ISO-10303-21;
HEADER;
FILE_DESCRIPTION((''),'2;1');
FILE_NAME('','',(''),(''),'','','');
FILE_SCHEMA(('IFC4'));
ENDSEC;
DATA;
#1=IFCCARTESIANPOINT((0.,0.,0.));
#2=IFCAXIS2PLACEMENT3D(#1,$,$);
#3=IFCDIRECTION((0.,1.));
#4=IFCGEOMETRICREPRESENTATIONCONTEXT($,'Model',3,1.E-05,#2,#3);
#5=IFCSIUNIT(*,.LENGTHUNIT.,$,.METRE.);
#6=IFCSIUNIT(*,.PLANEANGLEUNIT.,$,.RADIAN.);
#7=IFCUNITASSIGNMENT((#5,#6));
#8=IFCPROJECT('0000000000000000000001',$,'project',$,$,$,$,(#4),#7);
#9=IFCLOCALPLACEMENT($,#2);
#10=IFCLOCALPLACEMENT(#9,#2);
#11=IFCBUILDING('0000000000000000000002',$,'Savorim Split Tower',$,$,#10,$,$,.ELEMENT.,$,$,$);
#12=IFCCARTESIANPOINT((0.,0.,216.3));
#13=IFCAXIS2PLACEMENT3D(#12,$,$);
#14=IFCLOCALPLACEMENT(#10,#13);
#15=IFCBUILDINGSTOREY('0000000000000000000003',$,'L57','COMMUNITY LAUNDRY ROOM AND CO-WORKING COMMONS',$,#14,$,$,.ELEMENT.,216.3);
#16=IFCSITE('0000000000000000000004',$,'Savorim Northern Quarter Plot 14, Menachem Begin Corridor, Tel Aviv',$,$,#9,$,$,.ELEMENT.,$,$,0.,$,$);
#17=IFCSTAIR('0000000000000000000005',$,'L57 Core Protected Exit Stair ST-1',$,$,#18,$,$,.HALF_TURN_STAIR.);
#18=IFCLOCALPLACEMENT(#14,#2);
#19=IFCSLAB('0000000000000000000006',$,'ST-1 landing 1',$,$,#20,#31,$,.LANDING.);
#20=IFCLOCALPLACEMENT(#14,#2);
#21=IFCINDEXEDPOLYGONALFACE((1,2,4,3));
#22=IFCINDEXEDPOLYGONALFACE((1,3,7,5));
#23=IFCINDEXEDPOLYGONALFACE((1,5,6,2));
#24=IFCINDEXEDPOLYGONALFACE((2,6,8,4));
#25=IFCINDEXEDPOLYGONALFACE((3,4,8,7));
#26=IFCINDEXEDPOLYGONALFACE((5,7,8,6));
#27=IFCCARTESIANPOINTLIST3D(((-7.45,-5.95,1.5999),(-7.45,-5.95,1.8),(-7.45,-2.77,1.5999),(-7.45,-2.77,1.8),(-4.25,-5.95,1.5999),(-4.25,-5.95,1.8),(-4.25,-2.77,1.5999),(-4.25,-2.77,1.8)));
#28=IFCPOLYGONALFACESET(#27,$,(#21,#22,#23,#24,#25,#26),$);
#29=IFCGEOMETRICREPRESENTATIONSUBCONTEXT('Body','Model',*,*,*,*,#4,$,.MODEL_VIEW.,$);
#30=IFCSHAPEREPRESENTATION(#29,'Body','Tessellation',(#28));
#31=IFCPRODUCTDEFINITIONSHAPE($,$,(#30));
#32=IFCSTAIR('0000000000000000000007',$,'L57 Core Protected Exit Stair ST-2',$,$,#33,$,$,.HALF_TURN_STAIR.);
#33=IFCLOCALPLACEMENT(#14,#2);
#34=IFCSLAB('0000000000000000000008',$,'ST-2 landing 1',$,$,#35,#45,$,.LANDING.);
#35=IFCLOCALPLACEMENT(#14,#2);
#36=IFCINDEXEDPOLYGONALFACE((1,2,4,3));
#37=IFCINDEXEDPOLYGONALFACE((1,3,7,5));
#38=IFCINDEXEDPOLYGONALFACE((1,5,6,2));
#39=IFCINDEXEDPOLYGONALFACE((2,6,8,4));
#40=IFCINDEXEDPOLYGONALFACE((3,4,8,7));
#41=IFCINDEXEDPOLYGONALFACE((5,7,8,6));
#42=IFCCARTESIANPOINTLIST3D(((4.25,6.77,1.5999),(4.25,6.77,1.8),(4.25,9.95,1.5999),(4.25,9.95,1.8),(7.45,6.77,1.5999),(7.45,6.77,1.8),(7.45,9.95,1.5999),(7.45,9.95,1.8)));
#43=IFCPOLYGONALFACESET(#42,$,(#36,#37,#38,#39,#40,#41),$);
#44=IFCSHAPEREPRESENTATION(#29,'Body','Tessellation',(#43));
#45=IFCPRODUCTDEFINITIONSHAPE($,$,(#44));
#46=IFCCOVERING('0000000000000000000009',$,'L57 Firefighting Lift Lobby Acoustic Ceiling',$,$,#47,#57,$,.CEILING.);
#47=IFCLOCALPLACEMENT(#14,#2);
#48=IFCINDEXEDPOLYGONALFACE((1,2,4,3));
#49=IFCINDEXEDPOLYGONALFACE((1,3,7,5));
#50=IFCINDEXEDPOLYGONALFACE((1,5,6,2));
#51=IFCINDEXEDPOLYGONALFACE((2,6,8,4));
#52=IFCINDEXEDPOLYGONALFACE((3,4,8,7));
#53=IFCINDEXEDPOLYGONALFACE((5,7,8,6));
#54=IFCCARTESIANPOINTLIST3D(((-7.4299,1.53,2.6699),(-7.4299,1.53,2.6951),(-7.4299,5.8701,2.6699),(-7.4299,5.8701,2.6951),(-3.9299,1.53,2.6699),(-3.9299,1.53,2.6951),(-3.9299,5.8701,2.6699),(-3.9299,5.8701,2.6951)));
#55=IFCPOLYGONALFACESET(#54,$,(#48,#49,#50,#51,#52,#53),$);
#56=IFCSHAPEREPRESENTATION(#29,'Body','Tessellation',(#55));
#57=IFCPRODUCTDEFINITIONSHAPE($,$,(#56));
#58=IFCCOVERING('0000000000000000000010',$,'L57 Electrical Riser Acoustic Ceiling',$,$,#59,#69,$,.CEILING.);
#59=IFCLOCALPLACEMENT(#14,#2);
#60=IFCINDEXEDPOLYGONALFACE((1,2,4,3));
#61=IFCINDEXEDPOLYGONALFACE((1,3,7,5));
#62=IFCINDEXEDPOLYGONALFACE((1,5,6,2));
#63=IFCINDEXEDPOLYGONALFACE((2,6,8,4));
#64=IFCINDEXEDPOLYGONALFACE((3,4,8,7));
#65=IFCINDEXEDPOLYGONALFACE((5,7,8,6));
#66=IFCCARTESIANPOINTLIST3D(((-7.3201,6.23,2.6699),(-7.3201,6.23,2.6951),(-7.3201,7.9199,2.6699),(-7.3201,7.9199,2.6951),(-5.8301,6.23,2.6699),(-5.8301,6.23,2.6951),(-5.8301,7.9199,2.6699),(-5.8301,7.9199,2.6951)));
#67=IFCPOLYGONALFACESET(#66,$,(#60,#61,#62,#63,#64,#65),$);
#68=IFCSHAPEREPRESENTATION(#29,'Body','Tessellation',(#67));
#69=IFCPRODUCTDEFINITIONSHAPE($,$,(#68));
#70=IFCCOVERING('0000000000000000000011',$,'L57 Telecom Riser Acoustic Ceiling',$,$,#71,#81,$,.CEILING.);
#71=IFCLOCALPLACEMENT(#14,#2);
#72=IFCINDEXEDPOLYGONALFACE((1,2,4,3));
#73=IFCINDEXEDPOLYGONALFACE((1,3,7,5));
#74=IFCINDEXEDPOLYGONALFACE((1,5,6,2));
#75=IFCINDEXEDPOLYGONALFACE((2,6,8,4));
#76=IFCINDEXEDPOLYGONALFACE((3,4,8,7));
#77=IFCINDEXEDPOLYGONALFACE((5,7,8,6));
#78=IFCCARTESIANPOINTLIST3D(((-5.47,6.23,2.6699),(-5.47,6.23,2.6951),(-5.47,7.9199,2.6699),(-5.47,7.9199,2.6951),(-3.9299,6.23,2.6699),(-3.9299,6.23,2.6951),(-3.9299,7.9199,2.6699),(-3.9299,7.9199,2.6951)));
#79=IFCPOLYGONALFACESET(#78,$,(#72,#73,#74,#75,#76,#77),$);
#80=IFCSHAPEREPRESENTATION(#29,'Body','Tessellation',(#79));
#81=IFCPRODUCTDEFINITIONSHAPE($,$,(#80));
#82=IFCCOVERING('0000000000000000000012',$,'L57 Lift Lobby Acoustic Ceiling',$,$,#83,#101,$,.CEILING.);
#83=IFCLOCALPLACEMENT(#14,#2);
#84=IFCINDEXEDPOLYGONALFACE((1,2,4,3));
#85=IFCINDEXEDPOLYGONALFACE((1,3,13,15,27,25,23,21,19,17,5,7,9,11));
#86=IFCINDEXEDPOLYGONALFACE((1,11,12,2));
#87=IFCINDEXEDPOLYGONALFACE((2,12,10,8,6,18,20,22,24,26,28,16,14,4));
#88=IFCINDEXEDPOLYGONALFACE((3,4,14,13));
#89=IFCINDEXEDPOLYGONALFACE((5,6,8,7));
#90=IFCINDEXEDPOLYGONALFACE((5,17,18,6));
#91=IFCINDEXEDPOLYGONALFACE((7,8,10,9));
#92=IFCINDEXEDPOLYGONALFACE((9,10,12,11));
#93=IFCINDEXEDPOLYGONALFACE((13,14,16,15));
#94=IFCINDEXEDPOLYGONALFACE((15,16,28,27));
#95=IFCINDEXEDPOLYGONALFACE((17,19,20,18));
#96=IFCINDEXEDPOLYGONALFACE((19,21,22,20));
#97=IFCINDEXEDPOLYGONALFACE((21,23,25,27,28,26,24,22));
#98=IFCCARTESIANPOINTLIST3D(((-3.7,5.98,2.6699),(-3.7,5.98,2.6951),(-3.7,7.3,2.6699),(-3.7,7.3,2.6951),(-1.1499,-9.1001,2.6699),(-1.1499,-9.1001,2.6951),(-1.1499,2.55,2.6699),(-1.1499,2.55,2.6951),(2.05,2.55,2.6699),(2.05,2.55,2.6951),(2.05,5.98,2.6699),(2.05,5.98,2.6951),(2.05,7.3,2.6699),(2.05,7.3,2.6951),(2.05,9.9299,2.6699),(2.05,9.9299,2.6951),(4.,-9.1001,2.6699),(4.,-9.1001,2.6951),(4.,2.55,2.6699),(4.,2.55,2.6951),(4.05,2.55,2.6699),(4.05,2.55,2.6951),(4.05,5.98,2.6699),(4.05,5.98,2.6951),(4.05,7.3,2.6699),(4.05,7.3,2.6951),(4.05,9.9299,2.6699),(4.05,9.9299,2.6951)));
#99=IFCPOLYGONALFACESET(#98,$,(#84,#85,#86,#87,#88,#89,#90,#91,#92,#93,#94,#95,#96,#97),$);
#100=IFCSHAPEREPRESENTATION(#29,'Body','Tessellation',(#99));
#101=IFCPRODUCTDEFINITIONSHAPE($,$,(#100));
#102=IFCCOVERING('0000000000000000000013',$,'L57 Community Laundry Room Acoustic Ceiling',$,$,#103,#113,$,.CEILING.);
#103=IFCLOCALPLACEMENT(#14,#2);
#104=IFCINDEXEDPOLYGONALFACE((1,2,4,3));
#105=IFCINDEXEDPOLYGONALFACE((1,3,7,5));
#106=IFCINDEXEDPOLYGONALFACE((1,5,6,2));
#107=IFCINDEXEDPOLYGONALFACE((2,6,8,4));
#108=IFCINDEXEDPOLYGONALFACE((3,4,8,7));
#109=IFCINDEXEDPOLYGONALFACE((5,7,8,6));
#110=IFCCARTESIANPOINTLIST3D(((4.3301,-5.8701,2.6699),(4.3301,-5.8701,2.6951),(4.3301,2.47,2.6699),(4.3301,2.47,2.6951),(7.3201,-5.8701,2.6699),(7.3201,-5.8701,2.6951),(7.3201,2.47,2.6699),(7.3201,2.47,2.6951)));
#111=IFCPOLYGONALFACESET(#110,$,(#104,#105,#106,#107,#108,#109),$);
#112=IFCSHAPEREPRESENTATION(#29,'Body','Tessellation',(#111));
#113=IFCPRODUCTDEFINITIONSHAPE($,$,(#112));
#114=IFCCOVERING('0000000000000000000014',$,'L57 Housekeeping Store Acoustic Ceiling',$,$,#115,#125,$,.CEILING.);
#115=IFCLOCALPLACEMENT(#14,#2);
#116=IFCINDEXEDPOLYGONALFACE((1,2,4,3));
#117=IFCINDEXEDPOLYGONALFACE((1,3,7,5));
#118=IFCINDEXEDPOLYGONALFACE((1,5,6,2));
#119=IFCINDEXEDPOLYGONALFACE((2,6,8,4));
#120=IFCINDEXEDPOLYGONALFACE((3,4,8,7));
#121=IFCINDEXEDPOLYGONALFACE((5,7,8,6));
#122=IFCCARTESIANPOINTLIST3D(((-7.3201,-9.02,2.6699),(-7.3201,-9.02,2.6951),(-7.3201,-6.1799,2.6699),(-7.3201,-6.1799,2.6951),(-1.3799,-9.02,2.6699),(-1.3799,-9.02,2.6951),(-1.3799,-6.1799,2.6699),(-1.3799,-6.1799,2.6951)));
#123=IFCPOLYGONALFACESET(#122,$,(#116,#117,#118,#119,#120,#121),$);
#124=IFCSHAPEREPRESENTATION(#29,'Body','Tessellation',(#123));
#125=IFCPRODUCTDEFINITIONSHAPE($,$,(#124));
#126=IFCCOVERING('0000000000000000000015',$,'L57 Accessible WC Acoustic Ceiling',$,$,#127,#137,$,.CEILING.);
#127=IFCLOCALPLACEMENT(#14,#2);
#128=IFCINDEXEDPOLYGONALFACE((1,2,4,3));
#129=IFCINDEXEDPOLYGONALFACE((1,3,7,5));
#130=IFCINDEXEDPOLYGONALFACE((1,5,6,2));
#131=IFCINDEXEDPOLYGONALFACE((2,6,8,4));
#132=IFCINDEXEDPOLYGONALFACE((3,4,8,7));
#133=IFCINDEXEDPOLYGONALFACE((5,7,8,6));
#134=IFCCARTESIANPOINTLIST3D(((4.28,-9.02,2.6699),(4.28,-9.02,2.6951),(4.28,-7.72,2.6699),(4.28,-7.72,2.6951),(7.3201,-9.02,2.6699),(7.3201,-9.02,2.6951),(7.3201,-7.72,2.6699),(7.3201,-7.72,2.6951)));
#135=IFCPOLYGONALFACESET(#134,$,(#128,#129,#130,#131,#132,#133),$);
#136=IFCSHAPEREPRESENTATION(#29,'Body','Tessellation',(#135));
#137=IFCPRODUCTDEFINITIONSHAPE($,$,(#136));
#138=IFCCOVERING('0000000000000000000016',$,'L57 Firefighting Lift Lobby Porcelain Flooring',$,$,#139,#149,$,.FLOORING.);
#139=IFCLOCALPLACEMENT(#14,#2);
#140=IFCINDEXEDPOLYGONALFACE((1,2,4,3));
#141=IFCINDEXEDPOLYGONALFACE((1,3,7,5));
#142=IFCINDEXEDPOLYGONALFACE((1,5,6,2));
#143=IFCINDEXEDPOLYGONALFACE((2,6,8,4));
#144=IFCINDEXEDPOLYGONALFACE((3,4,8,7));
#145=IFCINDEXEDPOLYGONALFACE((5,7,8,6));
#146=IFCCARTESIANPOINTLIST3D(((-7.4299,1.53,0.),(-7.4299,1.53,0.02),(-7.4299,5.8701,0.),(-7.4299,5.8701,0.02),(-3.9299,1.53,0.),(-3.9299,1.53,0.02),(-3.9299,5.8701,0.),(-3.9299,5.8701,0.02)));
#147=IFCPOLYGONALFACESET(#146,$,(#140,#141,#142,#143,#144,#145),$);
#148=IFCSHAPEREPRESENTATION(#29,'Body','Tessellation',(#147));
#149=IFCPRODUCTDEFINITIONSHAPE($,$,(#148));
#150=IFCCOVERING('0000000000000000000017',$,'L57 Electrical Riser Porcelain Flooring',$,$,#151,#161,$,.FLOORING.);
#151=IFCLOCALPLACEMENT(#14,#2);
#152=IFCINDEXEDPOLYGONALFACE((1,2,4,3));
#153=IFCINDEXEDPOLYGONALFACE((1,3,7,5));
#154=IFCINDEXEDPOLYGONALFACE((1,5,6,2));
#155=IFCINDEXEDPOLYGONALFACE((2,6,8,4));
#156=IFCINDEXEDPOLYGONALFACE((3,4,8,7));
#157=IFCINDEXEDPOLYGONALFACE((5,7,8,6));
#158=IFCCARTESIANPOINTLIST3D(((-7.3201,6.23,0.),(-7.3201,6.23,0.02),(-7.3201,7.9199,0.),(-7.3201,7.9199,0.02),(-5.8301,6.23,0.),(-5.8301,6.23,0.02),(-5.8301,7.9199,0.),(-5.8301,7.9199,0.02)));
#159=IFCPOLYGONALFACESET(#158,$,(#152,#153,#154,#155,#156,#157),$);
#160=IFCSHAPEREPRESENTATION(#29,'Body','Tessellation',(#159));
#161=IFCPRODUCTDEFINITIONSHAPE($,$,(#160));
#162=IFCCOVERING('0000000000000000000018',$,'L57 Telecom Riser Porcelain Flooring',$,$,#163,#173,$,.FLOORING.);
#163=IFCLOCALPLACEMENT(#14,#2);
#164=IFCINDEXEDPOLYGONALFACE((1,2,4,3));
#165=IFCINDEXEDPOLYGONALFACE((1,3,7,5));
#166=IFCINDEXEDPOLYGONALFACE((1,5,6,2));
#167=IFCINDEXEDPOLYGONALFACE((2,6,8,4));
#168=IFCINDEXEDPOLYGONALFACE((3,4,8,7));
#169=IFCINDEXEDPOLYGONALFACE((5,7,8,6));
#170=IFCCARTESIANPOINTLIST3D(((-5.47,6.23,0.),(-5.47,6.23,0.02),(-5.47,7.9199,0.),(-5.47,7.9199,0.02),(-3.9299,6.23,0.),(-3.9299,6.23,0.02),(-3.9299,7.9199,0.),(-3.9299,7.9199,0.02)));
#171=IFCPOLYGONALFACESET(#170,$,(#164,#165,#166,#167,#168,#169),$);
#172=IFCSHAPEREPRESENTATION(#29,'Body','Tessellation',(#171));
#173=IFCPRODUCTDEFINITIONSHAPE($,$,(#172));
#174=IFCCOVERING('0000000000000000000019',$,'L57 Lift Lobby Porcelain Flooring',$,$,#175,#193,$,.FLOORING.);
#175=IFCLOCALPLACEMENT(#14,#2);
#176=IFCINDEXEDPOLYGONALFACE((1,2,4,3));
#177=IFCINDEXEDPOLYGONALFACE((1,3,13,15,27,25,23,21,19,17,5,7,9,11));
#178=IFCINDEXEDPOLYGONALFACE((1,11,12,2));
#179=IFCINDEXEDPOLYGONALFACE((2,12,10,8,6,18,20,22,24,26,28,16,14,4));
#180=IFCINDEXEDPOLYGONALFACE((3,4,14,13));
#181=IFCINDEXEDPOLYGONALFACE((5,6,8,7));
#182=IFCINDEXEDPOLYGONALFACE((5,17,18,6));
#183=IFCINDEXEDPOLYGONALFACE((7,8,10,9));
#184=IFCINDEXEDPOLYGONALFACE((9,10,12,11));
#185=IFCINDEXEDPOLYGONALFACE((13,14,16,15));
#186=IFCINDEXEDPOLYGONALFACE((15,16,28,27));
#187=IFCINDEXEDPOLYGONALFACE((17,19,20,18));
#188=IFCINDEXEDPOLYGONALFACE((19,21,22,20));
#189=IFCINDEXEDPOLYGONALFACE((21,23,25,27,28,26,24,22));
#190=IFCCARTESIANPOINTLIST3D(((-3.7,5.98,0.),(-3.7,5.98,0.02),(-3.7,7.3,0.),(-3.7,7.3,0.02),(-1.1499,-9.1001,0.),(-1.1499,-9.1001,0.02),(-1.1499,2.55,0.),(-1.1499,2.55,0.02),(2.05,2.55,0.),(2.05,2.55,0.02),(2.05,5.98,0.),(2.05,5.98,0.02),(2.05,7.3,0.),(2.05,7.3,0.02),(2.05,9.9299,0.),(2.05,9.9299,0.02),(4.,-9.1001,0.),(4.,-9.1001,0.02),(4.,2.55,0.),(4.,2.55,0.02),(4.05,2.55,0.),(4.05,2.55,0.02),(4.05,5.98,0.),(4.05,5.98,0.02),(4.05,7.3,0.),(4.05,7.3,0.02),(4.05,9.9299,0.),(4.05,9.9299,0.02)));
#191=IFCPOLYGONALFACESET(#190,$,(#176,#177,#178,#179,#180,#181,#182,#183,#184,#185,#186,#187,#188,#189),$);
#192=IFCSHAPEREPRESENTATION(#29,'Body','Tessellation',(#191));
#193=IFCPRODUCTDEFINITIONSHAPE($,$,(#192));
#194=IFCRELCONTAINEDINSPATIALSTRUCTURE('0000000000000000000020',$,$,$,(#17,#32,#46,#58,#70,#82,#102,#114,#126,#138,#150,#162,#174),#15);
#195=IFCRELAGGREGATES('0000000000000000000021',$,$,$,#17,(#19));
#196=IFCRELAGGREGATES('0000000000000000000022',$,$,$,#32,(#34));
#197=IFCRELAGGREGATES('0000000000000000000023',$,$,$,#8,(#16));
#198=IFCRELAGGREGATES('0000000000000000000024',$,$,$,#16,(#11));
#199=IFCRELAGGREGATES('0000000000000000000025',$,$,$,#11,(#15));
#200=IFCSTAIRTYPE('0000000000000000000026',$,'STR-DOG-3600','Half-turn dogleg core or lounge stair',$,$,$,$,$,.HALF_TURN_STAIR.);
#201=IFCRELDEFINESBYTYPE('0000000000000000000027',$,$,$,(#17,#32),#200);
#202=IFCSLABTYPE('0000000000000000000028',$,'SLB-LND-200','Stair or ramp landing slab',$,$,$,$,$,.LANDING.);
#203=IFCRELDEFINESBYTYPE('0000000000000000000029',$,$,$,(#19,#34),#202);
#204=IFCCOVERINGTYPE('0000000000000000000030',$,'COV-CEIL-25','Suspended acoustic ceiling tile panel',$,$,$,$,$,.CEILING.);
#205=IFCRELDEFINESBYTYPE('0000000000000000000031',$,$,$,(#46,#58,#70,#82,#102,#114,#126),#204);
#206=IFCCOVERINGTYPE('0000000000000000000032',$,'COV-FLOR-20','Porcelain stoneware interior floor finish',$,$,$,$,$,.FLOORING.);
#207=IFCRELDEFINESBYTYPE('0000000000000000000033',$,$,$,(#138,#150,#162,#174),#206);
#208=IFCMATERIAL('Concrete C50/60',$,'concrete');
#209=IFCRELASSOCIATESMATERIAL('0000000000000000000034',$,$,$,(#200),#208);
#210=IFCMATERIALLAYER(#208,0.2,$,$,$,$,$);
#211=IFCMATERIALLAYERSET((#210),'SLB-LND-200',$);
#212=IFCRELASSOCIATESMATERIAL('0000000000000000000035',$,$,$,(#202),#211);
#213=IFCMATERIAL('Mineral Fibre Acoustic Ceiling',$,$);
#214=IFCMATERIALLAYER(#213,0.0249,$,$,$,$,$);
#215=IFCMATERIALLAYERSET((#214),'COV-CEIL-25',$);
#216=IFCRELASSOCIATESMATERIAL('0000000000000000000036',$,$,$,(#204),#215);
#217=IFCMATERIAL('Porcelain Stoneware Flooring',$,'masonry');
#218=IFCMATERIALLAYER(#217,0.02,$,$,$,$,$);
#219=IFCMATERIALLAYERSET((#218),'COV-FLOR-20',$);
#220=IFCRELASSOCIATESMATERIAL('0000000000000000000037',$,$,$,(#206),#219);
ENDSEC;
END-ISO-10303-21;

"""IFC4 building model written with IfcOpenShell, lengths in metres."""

from ifc_helpers import new_model, si_unit, direction, frame, origin, place, context, subcontext, project, spatial, polyline, outline, extrude, material, layer, layer_set, type_object, element, aggregate, save


model = new_model("IFC4")

# Units and contexts
model_context = context("Model", 3, precision=1e-05, world=origin(), true_north=direction((0.0, 1.0)))
body_context = subcontext(model_context, "Body", "Model", "MODEL_VIEW")
ifc_project = project(units=[si_unit("LENGTHUNIT", "METRE"), si_unit("PLANEANGLEUNIT", "RADIAN")], contexts=[model_context])

# Site, building, storey
site_placement = place(None, origin())
site = spatial("IfcSite", under=ifc_project, at=site_placement, Name="Savorim Northern Quarter Plot 14, Menachem Begin Corridor, Tel Aviv", CompositionType="ELEMENT", RefElevation=0.0)
building_placement = place(site_placement, origin())
building = spatial("IfcBuilding", under=site, at=building_placement, Name="Savorim Split Tower", CompositionType="ELEMENT")
storey_placement = place(building_placement, frame((0.0, 0.0, 216.3)))
storey = spatial("IfcBuildingStorey", under=building, at=storey_placement, Name="L57", Description="COMMUNITY LAUNDRY ROOM AND CO-WORKING COMMONS", CompositionType="ELEMENT", Elevation=216.3)

# Stairs, slabs
ifc_material_1 = material(Name="Concrete C50/60", Category="concrete")
stair_type = type_object("IfcStairType", Name="STR-DOG-3600", Description="Half-turn dogleg core or lounge stair", PredefinedType="HALF_TURN_STAIR", material=ifc_material_1)
stair_1_placement = place(storey_placement, origin())
stair_1 = element("IfcStair", 1, at=stair_1_placement, inside=storey, type_object=stair_type, Name="L57 Core Protected Exit Stair ST-1", PredefinedType="HALF_TURN_STAIR")
ifc_layer_1 = layer(ifc_material_1, 0.2)
ifc_layer_set_1 = layer_set([ifc_layer_1], Name="SLB-LND-200")
slab_type = type_object("IfcSlabType", Name="SLB-LND-200", Description="Stair or ramp landing slab", PredefinedType="LANDING", material=ifc_layer_set_1)
slab_1_placement = place(storey_placement, frame((0.0, 0.0, 1.5999)))
slab_1 = element("IfcSlab", 2, at=slab_1_placement, type_object=slab_type, Name="ST-1 landing 1", PredefinedType="LANDING", context=body_context, shape_type="SweptSolid", body=[
    extrude(outline(polyline([(-7.45, -2.77), (-7.45, -5.95), (-4.25, -5.95), (-4.25, -2.77), (-7.45, -2.77)])), origin(), (0.0, 0.0, 1.0), 0.2002),
])
aggregate(stair_1, [slab_1])
stair_2_placement = place(storey_placement, origin())
stair_2 = element("IfcStair", 3, at=stair_2_placement, inside=storey, type_object=stair_type, Name="L57 Core Protected Exit Stair ST-2", PredefinedType="HALF_TURN_STAIR")
slab_2_placement = place(storey_placement, frame((0.0, 0.0, 1.5999)))
slab_2 = element("IfcSlab", 4, at=slab_2_placement, type_object=slab_type, Name="ST-2 landing 1", PredefinedType="LANDING", context=body_context, shape_type="SweptSolid", body=[
    extrude(outline(polyline([(7.45, 6.77), (7.45, 9.95), (4.25, 9.95), (4.25, 6.77), (7.45, 6.77)])), origin(), (0.0, 0.0, 1.0), 0.2002),
])
aggregate(stair_2, [slab_2])

# Coverings
ifc_material_2 = material(Name="Mineral Fibre Acoustic Ceiling")
ifc_layer_2 = layer(ifc_material_2, 0.0249)
ifc_layer_set_2 = layer_set([ifc_layer_2], Name="COV-CEIL-25")
covering_type_1 = type_object("IfcCoveringType", Name="COV-CEIL-25", Description="Suspended acoustic ceiling tile panel", PredefinedType="CEILING", material=ifc_layer_set_2)
covering_1_placement = place(storey_placement, frame((0.0, 0.0, 2.6699)))
element("IfcCovering", 5, at=covering_1_placement, inside=storey, type_object=covering_type_1, Name="L57 Firefighting Lift Lobby Acoustic Ceiling", PredefinedType="CEILING", context=body_context, shape_type="SweptSolid", body=[
    extrude(outline(polyline([(-7.4299, 5.8701), (-7.4299, 1.53), (-3.9299, 1.53), (-3.9299, 5.8701), (-7.4299, 5.8701)])), origin(), (0.0, 0.0, 1.0), 0.0251),
])
covering_2_placement = place(storey_placement, frame((0.0, 0.0, 2.6699)))
element("IfcCovering", 6, at=covering_2_placement, inside=storey, type_object=covering_type_1, Name="L57 Electrical Riser Acoustic Ceiling", PredefinedType="CEILING", context=body_context, shape_type="SweptSolid", body=[
    extrude(outline(polyline([(-7.3201, 7.9199), (-7.3201, 6.23), (-5.8301, 6.23), (-5.8301, 7.9199), (-7.3201, 7.9199)])), origin(), (0.0, 0.0, 1.0), 0.0251),
])
covering_3_placement = place(storey_placement, frame((0.0, 0.0, 2.6699)))
element("IfcCovering", 7, at=covering_3_placement, inside=storey, type_object=covering_type_1, Name="L57 Telecom Riser Acoustic Ceiling", PredefinedType="CEILING", context=body_context, shape_type="SweptSolid", body=[
    extrude(outline(polyline([(-5.47, 7.9199), (-5.47, 6.23), (-3.9299, 6.23), (-3.9299, 7.9199), (-5.47, 7.9199)])), origin(), (0.0, 0.0, 1.0), 0.0251),
])
covering_4_placement = place(storey_placement, frame((0.0, 0.0, 2.6699)))
element("IfcCovering", 8, at=covering_4_placement, inside=storey, type_object=covering_type_1, Name="L57 Lift Lobby Acoustic Ceiling", PredefinedType="CEILING", context=body_context, shape_type="SweptSolid", body=[
    extrude(outline(polyline([(2.05, 2.55), (-1.1499, 2.55), (-1.1499, -9.1001), (4.0, -9.1001), (4.0, 2.55), (4.05, 2.55), (4.05, 5.98), (4.05, 7.3), (4.05, 9.9299), (2.05, 9.9299), (2.05, 7.3), (-3.7, 7.3), (-3.7, 5.98), (2.05, 5.98), (2.05, 2.55)])), origin(), (0.0, 0.0, 1.0), 0.0251),
])
covering_5_placement = place(storey_placement, frame((0.0, 0.0, 2.6699)))
element("IfcCovering", 9, at=covering_5_placement, inside=storey, type_object=covering_type_1, Name="L57 Community Laundry Room Acoustic Ceiling", PredefinedType="CEILING", context=body_context, shape_type="SweptSolid", body=[
    extrude(outline(polyline([(4.3301, 2.47), (4.3301, -5.8701), (7.3201, -5.8701), (7.3201, 2.47), (4.3301, 2.47)])), origin(), (0.0, 0.0, 1.0), 0.0251),
])
covering_6_placement = place(storey_placement, frame((0.0, 0.0, 2.6699)))
element("IfcCovering", 10, at=covering_6_placement, inside=storey, type_object=covering_type_1, Name="L57 Housekeeping Store Acoustic Ceiling", PredefinedType="CEILING", context=body_context, shape_type="SweptSolid", body=[
    extrude(outline(polyline([(-7.3201, -6.1799), (-7.3201, -9.02), (-1.3799, -9.02), (-1.3799, -6.1799), (-7.3201, -6.1799)])), origin(), (0.0, 0.0, 1.0), 0.0251),
])
covering_7_placement = place(storey_placement, frame((0.0, 0.0, 2.6699)))
element("IfcCovering", 11, at=covering_7_placement, inside=storey, type_object=covering_type_1, Name="L57 Accessible WC Acoustic Ceiling", PredefinedType="CEILING", context=body_context, shape_type="SweptSolid", body=[
    extrude(outline(polyline([(4.28, -7.72), (4.28, -9.02), (7.3201, -9.02), (7.3201, -7.72), (4.28, -7.72)])), origin(), (0.0, 0.0, 1.0), 0.0251),
])
ifc_material_3 = material(Name="Porcelain Stoneware Flooring", Category="masonry")
ifc_layer_3 = layer(ifc_material_3, 0.02)
ifc_layer_set_3 = layer_set([ifc_layer_3], Name="COV-FLOR-20")
covering_type_2 = type_object("IfcCoveringType", Name="COV-FLOR-20", Description="Porcelain stoneware interior floor finish", PredefinedType="FLOORING", material=ifc_layer_set_3)
covering_8_placement = place(storey_placement, origin())
element("IfcCovering", 12, at=covering_8_placement, inside=storey, type_object=covering_type_2, Name="L57 Firefighting Lift Lobby Porcelain Flooring", PredefinedType="FLOORING", context=body_context, shape_type="SweptSolid", body=[
    extrude(outline(polyline([(-7.4299, 5.8701), (-7.4299, 1.53), (-3.9299, 1.53), (-3.9299, 5.8701), (-7.4299, 5.8701)])), origin(), (0.0, 0.0, 1.0), 0.02),
])
covering_9_placement = place(storey_placement, origin())
element("IfcCovering", 13, at=covering_9_placement, inside=storey, type_object=covering_type_2, Name="L57 Electrical Riser Porcelain Flooring", PredefinedType="FLOORING", context=body_context, shape_type="SweptSolid", body=[
    extrude(outline(polyline([(-7.3201, 7.9199), (-7.3201, 6.23), (-5.8301, 6.23), (-5.8301, 7.9199), (-7.3201, 7.9199)])), origin(), (0.0, 0.0, 1.0), 0.02),
])
covering_10_placement = place(storey_placement, origin())
element("IfcCovering", 14, at=covering_10_placement, inside=storey, type_object=covering_type_2, Name="L57 Telecom Riser Porcelain Flooring", PredefinedType="FLOORING", context=body_context, shape_type="SweptSolid", body=[
    extrude(outline(polyline([(-5.47, 7.9199), (-5.47, 6.23), (-3.9299, 6.23), (-3.9299, 7.9199), (-5.47, 7.9199)])), origin(), (0.0, 0.0, 1.0), 0.02),
])
covering_11_placement = place(storey_placement, origin())
element("IfcCovering", 15, at=covering_11_placement, inside=storey, type_object=covering_type_2, Name="L57 Lift Lobby Porcelain Flooring", PredefinedType="FLOORING", context=body_context, shape_type="SweptSolid", body=[
    extrude(outline(polyline([(2.05, 2.55), (-1.1499, 2.55), (-1.1499, -9.1001), (4.0, -9.1001), (4.0, 2.55), (4.05, 2.55), (4.05, 5.98), (4.05, 7.3), (4.05, 9.9299), (2.05, 9.9299), (2.05, 7.3), (-3.7, 7.3), (-3.7, 5.98), (2.05, 5.98), (2.05, 2.55)])), origin(), (0.0, 0.0, 1.0), 0.02),
])

save(model, "model.ifc")
